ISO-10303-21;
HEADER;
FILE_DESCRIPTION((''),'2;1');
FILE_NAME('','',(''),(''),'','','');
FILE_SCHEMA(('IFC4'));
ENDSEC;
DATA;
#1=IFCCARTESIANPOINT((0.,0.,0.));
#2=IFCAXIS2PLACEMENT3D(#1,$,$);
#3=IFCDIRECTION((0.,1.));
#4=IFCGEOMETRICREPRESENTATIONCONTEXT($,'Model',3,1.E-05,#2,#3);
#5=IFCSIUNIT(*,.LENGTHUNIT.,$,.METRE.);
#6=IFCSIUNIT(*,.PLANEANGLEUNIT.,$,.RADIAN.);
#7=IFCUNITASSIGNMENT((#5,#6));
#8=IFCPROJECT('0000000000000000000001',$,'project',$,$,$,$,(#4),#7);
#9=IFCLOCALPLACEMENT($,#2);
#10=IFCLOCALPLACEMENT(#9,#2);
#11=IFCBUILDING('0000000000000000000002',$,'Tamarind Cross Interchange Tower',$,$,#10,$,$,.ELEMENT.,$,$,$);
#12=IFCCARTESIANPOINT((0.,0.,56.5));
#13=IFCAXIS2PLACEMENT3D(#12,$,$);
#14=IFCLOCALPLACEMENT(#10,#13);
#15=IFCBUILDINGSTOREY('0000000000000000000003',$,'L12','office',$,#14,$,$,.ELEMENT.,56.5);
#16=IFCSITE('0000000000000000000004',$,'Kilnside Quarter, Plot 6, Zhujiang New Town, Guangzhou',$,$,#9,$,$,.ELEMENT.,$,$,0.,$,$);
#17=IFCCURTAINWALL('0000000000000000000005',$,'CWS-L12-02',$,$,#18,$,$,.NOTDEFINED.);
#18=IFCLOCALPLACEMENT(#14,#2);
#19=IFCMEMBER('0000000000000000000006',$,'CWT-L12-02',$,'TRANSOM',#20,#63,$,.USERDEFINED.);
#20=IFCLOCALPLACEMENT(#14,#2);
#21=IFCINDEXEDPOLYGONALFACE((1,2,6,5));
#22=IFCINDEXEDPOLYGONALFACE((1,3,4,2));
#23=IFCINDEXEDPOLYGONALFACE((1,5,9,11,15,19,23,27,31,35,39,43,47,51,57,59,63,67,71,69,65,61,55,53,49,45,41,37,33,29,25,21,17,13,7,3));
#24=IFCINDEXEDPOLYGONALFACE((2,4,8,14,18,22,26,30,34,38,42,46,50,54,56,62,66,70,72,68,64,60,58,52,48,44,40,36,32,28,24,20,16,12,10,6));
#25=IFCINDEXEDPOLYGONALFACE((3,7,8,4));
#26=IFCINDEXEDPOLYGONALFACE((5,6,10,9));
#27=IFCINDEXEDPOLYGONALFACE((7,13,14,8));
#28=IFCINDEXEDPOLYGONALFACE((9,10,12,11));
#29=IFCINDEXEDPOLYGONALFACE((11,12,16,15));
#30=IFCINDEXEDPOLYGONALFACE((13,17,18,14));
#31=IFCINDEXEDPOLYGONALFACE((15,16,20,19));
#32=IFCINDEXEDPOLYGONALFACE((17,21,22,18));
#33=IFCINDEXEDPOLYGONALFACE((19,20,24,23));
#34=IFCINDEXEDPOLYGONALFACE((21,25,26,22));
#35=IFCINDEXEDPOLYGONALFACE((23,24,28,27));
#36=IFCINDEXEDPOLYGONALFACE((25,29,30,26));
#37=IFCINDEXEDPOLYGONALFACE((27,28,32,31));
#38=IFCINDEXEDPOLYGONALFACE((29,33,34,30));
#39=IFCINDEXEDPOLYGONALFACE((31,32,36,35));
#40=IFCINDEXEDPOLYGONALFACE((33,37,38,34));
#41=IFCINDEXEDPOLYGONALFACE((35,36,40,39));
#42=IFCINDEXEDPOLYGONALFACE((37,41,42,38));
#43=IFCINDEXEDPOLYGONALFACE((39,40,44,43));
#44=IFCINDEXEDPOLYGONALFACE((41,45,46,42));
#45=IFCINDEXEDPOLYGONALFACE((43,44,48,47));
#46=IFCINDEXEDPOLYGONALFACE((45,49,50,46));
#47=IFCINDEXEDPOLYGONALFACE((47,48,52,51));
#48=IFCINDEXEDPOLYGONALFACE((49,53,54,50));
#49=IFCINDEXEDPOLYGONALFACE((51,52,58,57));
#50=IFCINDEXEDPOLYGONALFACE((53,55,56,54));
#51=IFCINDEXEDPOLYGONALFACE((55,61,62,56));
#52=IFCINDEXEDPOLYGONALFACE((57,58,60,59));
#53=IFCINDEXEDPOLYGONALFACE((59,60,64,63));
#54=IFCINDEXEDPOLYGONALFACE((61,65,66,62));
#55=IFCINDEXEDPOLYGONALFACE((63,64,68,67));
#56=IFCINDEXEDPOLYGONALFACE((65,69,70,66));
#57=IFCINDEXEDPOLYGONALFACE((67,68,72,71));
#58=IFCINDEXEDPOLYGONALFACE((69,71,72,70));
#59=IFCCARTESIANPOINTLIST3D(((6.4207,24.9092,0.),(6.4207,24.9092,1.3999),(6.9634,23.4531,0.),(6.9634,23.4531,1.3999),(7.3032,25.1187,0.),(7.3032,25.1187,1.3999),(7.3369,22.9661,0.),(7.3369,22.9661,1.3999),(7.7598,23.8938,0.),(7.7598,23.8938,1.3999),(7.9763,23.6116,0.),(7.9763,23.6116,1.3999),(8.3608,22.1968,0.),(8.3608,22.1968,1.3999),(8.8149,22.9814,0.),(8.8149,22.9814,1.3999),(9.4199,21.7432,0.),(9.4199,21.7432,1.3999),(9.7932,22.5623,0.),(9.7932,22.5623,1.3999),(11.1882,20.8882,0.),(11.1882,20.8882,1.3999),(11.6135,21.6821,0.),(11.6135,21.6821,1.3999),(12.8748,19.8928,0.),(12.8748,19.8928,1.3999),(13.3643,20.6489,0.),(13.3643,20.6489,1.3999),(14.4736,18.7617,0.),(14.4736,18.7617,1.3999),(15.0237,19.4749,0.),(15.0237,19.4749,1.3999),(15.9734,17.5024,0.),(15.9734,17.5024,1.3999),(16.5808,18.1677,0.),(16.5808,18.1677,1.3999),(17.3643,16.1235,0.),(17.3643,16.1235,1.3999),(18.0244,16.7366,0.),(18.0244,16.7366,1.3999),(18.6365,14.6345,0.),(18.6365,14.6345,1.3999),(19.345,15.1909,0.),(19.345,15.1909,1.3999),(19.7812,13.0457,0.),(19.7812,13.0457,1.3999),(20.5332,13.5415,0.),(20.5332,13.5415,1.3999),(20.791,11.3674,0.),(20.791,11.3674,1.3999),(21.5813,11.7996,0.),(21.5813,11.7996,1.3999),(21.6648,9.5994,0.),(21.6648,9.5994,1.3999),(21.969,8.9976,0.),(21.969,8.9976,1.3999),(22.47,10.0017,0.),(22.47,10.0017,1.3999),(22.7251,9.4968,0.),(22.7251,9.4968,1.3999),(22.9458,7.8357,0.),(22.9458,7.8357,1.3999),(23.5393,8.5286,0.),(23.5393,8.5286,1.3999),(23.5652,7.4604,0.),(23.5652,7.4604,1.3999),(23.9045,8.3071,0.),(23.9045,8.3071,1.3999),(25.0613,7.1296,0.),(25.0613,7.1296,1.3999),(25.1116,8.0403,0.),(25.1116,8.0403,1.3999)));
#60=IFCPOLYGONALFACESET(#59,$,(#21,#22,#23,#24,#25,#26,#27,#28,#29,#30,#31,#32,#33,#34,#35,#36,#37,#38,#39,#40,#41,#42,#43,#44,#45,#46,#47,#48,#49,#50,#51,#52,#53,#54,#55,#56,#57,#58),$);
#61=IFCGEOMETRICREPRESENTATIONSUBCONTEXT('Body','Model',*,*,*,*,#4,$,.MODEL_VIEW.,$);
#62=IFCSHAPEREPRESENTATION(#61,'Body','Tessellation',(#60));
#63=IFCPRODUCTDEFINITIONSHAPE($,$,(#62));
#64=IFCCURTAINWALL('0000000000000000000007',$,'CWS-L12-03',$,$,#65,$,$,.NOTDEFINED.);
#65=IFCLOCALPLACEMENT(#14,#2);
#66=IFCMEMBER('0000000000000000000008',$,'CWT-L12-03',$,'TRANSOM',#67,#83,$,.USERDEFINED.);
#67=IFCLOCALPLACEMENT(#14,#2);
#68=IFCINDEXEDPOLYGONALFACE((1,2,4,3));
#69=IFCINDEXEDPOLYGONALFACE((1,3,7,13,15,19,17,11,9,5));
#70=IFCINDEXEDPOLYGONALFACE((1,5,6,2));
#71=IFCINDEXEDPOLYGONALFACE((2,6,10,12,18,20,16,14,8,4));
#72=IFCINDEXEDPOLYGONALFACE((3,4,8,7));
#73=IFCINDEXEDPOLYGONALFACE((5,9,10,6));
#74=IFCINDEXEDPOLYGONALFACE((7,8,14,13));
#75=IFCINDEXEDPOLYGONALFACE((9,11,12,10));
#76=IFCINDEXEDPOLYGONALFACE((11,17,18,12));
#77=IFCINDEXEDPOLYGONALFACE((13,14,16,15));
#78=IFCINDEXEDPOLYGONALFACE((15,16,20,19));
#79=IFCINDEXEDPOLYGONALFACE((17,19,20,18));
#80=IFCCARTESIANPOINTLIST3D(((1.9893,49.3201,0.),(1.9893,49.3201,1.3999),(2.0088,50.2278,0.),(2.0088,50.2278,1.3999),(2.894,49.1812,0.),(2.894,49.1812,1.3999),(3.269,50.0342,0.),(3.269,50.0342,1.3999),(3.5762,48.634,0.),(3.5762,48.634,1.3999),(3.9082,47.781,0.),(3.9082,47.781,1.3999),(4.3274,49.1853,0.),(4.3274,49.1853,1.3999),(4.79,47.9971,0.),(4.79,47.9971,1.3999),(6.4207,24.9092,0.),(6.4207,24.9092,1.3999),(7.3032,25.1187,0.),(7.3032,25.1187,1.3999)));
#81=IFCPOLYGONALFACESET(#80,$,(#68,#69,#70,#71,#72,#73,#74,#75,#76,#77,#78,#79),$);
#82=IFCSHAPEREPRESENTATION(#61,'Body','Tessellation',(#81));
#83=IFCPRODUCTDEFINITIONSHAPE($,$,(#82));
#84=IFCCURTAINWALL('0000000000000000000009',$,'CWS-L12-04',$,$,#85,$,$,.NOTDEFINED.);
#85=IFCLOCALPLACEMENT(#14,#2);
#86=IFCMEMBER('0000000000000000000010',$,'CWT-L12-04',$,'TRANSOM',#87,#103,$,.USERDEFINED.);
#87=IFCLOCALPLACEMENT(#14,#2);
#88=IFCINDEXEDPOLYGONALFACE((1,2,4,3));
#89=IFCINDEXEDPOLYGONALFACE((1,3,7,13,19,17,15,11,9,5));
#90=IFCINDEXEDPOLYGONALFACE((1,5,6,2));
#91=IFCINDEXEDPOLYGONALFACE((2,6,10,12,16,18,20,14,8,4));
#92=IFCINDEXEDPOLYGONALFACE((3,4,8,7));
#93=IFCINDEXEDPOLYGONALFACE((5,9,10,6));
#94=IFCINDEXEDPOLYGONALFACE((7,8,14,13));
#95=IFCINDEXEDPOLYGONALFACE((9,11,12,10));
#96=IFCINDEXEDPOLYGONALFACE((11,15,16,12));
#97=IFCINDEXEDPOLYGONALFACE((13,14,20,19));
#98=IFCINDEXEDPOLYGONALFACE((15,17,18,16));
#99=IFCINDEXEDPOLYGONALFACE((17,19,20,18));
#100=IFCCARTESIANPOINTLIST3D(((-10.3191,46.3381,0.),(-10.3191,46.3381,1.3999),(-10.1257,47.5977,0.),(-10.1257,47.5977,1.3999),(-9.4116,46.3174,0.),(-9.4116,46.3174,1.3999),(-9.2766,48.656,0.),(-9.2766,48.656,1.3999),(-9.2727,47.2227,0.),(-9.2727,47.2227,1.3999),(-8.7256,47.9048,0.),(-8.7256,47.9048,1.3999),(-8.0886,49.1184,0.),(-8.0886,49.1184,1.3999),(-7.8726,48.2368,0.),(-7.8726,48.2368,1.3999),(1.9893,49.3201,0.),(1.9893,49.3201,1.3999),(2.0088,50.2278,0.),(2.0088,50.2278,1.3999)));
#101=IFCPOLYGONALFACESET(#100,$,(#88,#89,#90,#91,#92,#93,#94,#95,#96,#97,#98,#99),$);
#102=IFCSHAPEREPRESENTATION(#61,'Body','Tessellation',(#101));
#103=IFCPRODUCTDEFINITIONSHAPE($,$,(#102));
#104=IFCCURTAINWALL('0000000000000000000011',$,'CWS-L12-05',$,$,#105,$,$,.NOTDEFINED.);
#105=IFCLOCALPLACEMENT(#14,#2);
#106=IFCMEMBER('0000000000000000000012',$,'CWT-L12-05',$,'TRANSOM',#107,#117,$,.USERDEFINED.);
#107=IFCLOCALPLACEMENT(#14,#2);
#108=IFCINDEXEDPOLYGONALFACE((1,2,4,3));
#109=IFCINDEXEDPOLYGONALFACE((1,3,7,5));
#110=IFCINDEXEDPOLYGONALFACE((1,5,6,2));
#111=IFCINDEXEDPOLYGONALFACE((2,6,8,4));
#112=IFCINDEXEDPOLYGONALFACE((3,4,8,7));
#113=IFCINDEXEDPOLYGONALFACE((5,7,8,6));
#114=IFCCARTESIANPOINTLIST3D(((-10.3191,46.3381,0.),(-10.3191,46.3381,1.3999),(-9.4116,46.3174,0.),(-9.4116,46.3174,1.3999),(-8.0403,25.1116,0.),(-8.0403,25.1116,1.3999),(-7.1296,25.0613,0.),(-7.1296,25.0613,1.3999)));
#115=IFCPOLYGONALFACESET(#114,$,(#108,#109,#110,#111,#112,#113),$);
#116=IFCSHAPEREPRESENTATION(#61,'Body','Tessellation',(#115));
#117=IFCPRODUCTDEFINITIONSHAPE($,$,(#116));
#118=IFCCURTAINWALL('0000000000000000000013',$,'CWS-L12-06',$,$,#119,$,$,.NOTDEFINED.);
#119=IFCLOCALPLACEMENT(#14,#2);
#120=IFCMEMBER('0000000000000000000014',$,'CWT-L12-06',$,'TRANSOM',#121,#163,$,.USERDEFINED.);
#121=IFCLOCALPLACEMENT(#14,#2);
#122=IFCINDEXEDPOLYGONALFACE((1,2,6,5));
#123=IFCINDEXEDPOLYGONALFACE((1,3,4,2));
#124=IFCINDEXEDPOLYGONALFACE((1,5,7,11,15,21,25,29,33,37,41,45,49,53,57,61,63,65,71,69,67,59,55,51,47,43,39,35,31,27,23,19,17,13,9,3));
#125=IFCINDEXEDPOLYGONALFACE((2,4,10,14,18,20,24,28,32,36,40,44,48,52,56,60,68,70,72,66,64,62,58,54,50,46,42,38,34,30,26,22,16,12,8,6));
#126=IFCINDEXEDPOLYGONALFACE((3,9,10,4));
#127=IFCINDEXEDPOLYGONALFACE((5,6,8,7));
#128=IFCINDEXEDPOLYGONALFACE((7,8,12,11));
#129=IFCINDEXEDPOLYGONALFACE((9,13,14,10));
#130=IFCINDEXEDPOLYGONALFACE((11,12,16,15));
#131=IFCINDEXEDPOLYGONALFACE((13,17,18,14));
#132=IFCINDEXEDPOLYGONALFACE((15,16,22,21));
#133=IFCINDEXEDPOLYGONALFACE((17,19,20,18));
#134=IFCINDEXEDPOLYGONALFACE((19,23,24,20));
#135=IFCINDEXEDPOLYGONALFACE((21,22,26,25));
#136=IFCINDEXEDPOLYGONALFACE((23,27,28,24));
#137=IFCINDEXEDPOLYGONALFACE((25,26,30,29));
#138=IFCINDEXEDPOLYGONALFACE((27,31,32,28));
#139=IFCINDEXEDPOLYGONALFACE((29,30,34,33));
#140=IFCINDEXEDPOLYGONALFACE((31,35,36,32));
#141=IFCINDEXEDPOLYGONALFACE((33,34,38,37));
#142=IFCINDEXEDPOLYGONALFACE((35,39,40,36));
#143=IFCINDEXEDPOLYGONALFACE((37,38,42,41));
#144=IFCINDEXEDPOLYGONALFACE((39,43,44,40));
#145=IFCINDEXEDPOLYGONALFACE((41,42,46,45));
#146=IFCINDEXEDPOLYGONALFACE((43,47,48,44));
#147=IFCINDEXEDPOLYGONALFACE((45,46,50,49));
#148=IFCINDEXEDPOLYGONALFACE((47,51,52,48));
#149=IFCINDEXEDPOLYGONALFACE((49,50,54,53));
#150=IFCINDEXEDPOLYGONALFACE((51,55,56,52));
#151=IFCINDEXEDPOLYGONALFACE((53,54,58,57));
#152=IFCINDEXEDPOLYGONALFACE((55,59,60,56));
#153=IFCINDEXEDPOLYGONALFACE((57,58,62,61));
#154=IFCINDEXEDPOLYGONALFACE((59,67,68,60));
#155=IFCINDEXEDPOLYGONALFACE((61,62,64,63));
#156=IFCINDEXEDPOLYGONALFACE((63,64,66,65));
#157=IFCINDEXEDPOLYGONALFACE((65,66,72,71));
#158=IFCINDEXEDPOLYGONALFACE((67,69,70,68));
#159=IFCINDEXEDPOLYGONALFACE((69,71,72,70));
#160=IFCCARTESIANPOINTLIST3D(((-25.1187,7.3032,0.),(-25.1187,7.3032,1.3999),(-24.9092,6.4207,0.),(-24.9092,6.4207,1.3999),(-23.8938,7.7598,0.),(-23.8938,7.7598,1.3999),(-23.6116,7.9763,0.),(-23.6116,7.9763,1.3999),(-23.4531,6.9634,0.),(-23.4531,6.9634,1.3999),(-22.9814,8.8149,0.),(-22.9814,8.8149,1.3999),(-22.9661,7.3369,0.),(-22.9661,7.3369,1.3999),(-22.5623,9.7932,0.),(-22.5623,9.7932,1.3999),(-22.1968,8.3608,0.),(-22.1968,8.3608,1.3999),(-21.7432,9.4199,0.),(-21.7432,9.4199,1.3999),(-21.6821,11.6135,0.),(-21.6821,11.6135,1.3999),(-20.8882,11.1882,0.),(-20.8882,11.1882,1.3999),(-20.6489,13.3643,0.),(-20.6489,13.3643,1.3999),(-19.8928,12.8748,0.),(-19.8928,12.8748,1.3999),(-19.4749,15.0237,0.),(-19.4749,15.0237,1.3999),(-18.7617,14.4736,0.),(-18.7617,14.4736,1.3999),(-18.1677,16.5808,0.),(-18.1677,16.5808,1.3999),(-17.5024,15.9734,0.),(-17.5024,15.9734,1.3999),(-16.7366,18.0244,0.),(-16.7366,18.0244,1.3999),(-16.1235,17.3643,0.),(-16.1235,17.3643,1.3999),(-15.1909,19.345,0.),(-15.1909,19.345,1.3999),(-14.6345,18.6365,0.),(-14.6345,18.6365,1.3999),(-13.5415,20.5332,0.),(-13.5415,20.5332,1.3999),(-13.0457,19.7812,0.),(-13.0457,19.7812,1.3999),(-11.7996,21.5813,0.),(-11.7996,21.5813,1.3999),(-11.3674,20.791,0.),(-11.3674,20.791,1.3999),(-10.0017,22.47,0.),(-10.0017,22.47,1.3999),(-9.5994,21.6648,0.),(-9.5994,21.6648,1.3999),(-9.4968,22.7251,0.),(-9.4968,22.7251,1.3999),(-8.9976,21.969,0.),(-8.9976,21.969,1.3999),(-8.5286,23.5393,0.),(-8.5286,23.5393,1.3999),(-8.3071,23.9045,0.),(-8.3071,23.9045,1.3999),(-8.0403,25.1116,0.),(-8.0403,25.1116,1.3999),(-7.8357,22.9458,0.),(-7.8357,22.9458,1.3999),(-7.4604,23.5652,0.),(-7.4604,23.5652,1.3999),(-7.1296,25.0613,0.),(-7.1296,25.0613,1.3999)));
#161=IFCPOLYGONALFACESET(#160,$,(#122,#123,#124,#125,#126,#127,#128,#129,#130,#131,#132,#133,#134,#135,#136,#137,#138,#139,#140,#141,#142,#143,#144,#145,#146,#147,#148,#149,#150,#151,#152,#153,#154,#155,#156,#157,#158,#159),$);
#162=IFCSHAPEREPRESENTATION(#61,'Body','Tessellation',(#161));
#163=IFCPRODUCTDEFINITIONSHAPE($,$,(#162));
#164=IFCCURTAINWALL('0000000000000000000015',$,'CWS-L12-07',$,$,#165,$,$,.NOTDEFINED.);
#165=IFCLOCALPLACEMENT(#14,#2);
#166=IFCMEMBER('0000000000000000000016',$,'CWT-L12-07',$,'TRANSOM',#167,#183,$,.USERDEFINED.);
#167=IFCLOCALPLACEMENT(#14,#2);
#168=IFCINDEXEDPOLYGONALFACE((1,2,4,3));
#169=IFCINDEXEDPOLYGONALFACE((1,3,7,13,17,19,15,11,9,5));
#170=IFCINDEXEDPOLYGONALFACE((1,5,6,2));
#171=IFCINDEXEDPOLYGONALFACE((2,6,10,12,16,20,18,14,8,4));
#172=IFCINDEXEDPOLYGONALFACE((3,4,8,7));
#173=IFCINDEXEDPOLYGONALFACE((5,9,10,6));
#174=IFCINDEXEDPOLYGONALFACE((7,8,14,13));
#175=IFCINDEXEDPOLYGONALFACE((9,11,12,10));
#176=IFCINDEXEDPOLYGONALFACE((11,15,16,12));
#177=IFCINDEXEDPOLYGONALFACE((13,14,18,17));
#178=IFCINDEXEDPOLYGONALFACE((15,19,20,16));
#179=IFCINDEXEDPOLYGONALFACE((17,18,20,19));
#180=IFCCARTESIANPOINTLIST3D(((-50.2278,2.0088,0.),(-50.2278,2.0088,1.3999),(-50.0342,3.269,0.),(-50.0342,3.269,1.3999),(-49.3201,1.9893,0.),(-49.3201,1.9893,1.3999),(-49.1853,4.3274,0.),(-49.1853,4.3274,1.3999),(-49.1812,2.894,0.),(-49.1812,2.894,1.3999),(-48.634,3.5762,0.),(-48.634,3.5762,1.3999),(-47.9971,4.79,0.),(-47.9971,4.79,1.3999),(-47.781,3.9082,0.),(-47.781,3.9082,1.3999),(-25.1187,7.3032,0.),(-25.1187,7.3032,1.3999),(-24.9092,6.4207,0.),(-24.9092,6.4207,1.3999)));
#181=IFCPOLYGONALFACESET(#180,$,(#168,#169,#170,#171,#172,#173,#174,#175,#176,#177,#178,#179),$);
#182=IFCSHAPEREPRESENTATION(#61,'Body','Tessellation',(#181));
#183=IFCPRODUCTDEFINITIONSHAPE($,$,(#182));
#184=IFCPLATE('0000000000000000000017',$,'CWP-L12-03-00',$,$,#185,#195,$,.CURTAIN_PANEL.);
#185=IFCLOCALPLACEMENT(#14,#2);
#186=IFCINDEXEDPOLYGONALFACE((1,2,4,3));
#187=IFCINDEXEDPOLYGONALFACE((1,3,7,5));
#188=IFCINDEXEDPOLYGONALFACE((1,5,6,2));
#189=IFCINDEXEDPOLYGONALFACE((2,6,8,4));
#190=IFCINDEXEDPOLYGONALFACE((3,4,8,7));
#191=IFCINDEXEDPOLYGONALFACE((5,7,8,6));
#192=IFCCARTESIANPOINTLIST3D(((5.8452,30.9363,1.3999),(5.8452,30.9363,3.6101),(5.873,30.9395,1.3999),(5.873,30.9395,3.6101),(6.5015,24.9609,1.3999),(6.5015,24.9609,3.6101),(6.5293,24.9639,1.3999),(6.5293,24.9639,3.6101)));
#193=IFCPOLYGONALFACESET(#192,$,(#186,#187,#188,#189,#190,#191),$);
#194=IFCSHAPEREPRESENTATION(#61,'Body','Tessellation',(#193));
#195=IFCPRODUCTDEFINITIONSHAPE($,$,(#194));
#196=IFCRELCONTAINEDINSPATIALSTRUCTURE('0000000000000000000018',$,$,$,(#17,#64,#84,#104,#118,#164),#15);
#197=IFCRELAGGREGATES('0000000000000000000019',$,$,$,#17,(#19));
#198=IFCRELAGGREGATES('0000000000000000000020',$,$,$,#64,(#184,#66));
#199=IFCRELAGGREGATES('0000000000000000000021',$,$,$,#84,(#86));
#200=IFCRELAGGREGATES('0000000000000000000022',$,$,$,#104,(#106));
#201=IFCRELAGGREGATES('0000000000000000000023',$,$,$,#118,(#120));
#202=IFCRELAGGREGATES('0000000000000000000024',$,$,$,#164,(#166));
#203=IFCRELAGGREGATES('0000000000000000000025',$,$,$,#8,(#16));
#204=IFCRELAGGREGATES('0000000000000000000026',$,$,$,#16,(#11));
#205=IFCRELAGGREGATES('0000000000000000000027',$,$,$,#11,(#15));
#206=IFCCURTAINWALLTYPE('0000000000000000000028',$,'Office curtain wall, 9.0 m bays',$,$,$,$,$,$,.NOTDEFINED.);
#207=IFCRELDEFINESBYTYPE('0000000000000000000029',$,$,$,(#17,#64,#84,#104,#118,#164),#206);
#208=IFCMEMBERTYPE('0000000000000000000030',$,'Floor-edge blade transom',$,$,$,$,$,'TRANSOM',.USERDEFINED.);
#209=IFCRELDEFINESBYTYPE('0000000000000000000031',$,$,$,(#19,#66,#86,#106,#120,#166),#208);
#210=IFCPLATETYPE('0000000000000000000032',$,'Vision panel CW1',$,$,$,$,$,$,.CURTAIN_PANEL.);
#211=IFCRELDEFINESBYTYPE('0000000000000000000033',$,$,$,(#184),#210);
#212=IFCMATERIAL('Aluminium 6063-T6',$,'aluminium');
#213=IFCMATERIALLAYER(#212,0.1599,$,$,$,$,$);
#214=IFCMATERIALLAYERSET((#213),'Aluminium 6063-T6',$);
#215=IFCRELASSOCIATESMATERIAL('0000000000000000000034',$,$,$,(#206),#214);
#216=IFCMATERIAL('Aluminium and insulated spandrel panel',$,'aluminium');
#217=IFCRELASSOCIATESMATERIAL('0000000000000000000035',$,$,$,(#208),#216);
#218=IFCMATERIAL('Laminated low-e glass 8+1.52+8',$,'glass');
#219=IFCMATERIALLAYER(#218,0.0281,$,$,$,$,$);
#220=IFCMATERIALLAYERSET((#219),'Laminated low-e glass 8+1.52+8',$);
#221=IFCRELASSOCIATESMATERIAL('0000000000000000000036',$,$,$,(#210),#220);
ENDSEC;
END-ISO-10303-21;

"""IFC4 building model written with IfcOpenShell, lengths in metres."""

from ifc_helpers import new_model, si_unit, direction, frame, origin, place, context, subcontext, project, spatial, polyline, outline, extrude, material, layer, layer_set, type_object, element, aggregate, save


model = new_model("IFC4")

# Units and contexts
model_context = context("Model", 3, precision=1e-05, world=origin(), true_north=direction((0.0, 1.0)))
body_context = subcontext(model_context, "Body", "Model", "MODEL_VIEW")
ifc_project = project(units=[si_unit("LENGTHUNIT", "METRE"), si_unit("PLANEANGLEUNIT", "RADIAN")], contexts=[model_context])

# Site, building, storey
site_placement = place(None, origin())
site = spatial("IfcSite", under=ifc_project, at=site_placement, Name="Kilnside Quarter, Plot 6, Zhujiang New Town, Guangzhou", CompositionType="ELEMENT", RefElevation=0.0)
building_placement = place(site_placement, origin())
building = spatial("IfcBuilding", under=site, at=building_placement, Name="Tamarind Cross Interchange Tower", CompositionType="ELEMENT")
storey_placement = place(building_placement, frame((0.0, 0.0, 56.5)))
storey = spatial("IfcBuildingStorey", under=building, at=storey_placement, Name="L12", Description="office", CompositionType="ELEMENT", Elevation=56.5)

# Curtain walls, members
ifc_material_1 = material(Name="Aluminium 6063-T6", Category="aluminium")
ifc_layer_1 = layer(ifc_material_1, 0.1599)
ifc_layer_set_1 = layer_set([ifc_layer_1], Name="Aluminium 6063-T6")
curtain_wall_type = type_object("IfcCurtainWallType", Name="Office curtain wall, 9.0 m bays", PredefinedType="NOTDEFINED", material=ifc_layer_set_1)
curtain_wall_1_placement = place(storey_placement, origin())
curtain_wall_1 = element("IfcCurtainWall", 1, at=curtain_wall_1_placement, inside=storey, type_object=curtain_wall_type, Name="CWS-L12-02", PredefinedType="NOTDEFINED")
ifc_material_2 = material(Name="Aluminium and insulated spandrel panel", Category="aluminium")
member_type = type_object("IfcMemberType", Name="Floor-edge blade transom", ElementType="TRANSOM", PredefinedType="USERDEFINED", material=ifc_material_2)
member_1_placement = place(storey_placement, origin())
member_1 = element("IfcMember", 2, at=member_1_placement, type_object=member_type, Name="CWT-L12-02", ObjectType="TRANSOM", PredefinedType="USERDEFINED", context=body_context, shape_type="SweptSolid", body=[
    extrude(outline(polyline([(25.0613, 7.1296), (23.5652, 7.4604), (22.9458, 7.8357), (21.969, 8.9976), (21.6648, 9.5994), (20.791, 11.3674), (19.7812, 13.0457), (18.6365, 14.6345), (17.3643, 16.1235), (15.9734, 17.5024), (14.4736, 18.7617), (12.8748, 19.8928), (11.1882, 20.8882), (9.4199, 21.7432), (8.3608, 22.1968), (7.3369, 22.9661), (6.9634, 23.4531), (6.4207, 24.9092), (7.3032, 25.1187), (7.7598, 23.8938), (7.9763, 23.6116), (8.8149, 22.9814), (9.7932, 22.5623), (11.6135, 21.6821), (13.3643, 20.6489), (15.0237, 19.4749), (16.5808, 18.1677), (18.0244, 16.7366), (19.345, 15.1909), (20.5332, 13.5415), (21.5813, 11.7996), (22.47, 10.0017), (22.7251, 9.4968), (23.5393, 8.5286), (23.9045, 8.3071), (25.1116, 8.0403), (25.0613, 7.1296)])), origin(), (0.0, 0.0, 1.0), 1.3999),
])
aggregate(curtain_wall_1, [member_1])
curtain_wall_2_placement = place(storey_placement, origin())
curtain_wall_2 = element("IfcCurtainWall", 3, at=curtain_wall_2_placement, inside=storey, type_object=curtain_wall_type, Name="CWS-L12-03", PredefinedType="NOTDEFINED")
member_2_placement = place(storey_placement, origin())
member_2 = element("IfcMember", 4, at=member_2_placement, type_object=member_type, Name="CWT-L12-03", ObjectType="TRANSOM", PredefinedType="USERDEFINED", context=body_context, shape_type="SweptSolid", body=[
    extrude(outline(polyline([(6.4207, 24.9092), (3.9082, 47.781), (3.5762, 48.634), (2.894, 49.1812), (1.9893, 49.3201), (2.0088, 50.2278), (3.269, 50.0342), (4.3274, 49.1853), (4.79, 47.9971), (7.3032, 25.1187), (6.4207, 24.9092)])), origin(), (0.0, 0.0, 1.0), 1.3999),
])
curtain_wall_3_placement = place(storey_placement, origin())
curtain_wall_3 = element("IfcCurtainWall", 5, at=curtain_wall_3_placement, inside=storey, type_object=curtain_wall_type, Name="CWS-L12-04", PredefinedType="NOTDEFINED")
member_3_placement = place(storey_placement, origin())
member_3 = element("IfcMember", 6, at=member_3_placement, type_object=member_type, Name="CWT-L12-04", ObjectType="TRANSOM", PredefinedType="USERDEFINED", context=body_context, shape_type="SweptSolid", body=[
    extrude(outline(polyline([(1.9893, 49.3201), (-7.8726, 48.2368), (-8.7256, 47.9048), (-9.2727, 47.2227), (-9.4116, 46.3174), (-10.3191, 46.3381), (-10.1257, 47.5977), (-9.2766, 48.656), (-8.0886, 49.1184), (2.0088, 50.2278), (1.9893, 49.3201)])), origin(), (0.0, 0.0, 1.0), 1.3999),
])
curtain_wall_4_placement = place(storey_placement, origin())
curtain_wall_4 = element("IfcCurtainWall", 7, at=curtain_wall_4_placement, inside=storey, type_object=curtain_wall_type, Name="CWS-L12-05", PredefinedType="NOTDEFINED")
member_4_placement = place(storey_placement, origin())
member_4 = element("IfcMember", 8, at=member_4_placement, type_object=member_type, Name="CWT-L12-05", ObjectType="TRANSOM", PredefinedType="USERDEFINED", context=body_context, shape_type="SweptSolid", body=[
    extrude(outline(polyline([(-9.4116, 46.3174), (-7.1296, 25.0613), (-8.0403, 25.1116), (-10.3191, 46.3381), (-9.4116, 46.3174)])), origin(), (0.0, 0.0, 1.0), 1.3999),
])
curtain_wall_5_placement = place(storey_placement, origin())
curtain_wall_5 = element("IfcCurtainWall", 9, at=curtain_wall_5_placement, inside=storey, type_object=curtain_wall_type, Name="CWS-L12-06", PredefinedType="NOTDEFINED")
member_5_placement = place(storey_placement, origin())
member_5 = element("IfcMember", 10, at=member_5_placement, type_object=member_type, Name="CWT-L12-06", ObjectType="TRANSOM", PredefinedType="USERDEFINED", context=body_context, shape_type="SweptSolid", body=[
    extrude(outline(polyline([(-7.1296, 25.0613), (-7.4604, 23.5652), (-7.8357, 22.9458), (-8.9976, 21.969), (-9.5994, 21.6648), (-11.3674, 20.791), (-13.0457, 19.7812), (-14.6345, 18.6365), (-16.1235, 17.3643), (-17.5024, 15.9734), (-18.7617, 14.4736), (-19.8928, 12.8748), (-20.8882, 11.1882), (-21.7432, 9.4199), (-22.1968, 8.3608), (-22.9661, 7.3369), (-23.4531, 6.9634), (-24.9092, 6.4207), (-25.1187, 7.3032), (-23.8938, 7.7598), (-23.6116, 7.9763), (-22.9814, 8.8149), (-22.5623, 9.7932), (-21.6821, 11.6135), (-20.6489, 13.3643), (-19.4749, 15.0237), (-18.1677, 16.5808), (-16.7366, 18.0244), (-15.1909, 19.345), (-13.5415, 20.5332), (-11.7996, 21.5813), (-10.0017, 22.47), (-9.4968, 22.7251), (-8.5286, 23.5393), (-8.3071, 23.9045), (-8.0403, 25.1116), (-7.1296, 25.0613)])), origin(), (0.0, 0.0, 1.0), 1.3999),
])
curtain_wall_6_placement = place(storey_placement, origin())
curtain_wall_6 = element("IfcCurtainWall", 11, at=curtain_wall_6_placement, inside=storey, type_object=curtain_wall_type, Name="CWS-L12-07", PredefinedType="NOTDEFINED")
member_6_placement = place(storey_placement, origin())
member_6 = element("IfcMember", 12, at=member_6_placement, type_object=member_type, Name="CWT-L12-07", ObjectType="TRANSOM", PredefinedType="USERDEFINED", context=body_context, shape_type="SweptSolid", body=[
    extrude(outline(polyline([(-24.9092, 6.4207), (-47.781, 3.9082), (-48.634, 3.5762), (-49.1812, 2.894), (-49.3201, 1.9893), (-50.2278, 2.0088), (-50.0342, 3.269), (-49.1853, 4.3274), (-47.9971, 4.79), (-25.1187, 7.3032), (-24.9092, 6.4207)])), origin(), (0.0, 0.0, 1.0), 1.3999),
])

# Plate
ifc_material_3 = material(Name="Laminated low-e glass 8+1.52+8", Category="glass")
ifc_layer_2 = layer(ifc_material_3, 0.0281)
ifc_layer_set_2 = layer_set([ifc_layer_2], Name="Laminated low-e glass 8+1.52+8")
plate_type = type_object("IfcPlateType", Name="Vision panel CW1", PredefinedType="CURTAIN_PANEL", material=ifc_layer_set_2)
plate_1_placement = place(storey_placement, frame((0.0, 0.0, 1.3999)))
plate_1 = element("IfcPlate", 13, at=plate_1_placement, type_object=plate_type, Name="CWP-L12-03-00", PredefinedType="CURTAIN_PANEL", context=body_context, shape_type="SweptSolid", body=[
    extrude(outline(polyline([(6.5015, 24.9609), (5.8452, 30.9363), (5.873, 30.9395), (6.5293, 24.9639), (6.5015, 24.9609)])), origin(), (0.0, 0.0, 1.0), 2.2102),
])
aggregate(curtain_wall_2, [plate_1, member_2])
aggregate(curtain_wall_3, [member_3])
aggregate(curtain_wall_4, [member_4])
aggregate(curtain_wall_5, [member_5])
aggregate(curtain_wall_6, [member_6])

save(model, "model.ifc")
